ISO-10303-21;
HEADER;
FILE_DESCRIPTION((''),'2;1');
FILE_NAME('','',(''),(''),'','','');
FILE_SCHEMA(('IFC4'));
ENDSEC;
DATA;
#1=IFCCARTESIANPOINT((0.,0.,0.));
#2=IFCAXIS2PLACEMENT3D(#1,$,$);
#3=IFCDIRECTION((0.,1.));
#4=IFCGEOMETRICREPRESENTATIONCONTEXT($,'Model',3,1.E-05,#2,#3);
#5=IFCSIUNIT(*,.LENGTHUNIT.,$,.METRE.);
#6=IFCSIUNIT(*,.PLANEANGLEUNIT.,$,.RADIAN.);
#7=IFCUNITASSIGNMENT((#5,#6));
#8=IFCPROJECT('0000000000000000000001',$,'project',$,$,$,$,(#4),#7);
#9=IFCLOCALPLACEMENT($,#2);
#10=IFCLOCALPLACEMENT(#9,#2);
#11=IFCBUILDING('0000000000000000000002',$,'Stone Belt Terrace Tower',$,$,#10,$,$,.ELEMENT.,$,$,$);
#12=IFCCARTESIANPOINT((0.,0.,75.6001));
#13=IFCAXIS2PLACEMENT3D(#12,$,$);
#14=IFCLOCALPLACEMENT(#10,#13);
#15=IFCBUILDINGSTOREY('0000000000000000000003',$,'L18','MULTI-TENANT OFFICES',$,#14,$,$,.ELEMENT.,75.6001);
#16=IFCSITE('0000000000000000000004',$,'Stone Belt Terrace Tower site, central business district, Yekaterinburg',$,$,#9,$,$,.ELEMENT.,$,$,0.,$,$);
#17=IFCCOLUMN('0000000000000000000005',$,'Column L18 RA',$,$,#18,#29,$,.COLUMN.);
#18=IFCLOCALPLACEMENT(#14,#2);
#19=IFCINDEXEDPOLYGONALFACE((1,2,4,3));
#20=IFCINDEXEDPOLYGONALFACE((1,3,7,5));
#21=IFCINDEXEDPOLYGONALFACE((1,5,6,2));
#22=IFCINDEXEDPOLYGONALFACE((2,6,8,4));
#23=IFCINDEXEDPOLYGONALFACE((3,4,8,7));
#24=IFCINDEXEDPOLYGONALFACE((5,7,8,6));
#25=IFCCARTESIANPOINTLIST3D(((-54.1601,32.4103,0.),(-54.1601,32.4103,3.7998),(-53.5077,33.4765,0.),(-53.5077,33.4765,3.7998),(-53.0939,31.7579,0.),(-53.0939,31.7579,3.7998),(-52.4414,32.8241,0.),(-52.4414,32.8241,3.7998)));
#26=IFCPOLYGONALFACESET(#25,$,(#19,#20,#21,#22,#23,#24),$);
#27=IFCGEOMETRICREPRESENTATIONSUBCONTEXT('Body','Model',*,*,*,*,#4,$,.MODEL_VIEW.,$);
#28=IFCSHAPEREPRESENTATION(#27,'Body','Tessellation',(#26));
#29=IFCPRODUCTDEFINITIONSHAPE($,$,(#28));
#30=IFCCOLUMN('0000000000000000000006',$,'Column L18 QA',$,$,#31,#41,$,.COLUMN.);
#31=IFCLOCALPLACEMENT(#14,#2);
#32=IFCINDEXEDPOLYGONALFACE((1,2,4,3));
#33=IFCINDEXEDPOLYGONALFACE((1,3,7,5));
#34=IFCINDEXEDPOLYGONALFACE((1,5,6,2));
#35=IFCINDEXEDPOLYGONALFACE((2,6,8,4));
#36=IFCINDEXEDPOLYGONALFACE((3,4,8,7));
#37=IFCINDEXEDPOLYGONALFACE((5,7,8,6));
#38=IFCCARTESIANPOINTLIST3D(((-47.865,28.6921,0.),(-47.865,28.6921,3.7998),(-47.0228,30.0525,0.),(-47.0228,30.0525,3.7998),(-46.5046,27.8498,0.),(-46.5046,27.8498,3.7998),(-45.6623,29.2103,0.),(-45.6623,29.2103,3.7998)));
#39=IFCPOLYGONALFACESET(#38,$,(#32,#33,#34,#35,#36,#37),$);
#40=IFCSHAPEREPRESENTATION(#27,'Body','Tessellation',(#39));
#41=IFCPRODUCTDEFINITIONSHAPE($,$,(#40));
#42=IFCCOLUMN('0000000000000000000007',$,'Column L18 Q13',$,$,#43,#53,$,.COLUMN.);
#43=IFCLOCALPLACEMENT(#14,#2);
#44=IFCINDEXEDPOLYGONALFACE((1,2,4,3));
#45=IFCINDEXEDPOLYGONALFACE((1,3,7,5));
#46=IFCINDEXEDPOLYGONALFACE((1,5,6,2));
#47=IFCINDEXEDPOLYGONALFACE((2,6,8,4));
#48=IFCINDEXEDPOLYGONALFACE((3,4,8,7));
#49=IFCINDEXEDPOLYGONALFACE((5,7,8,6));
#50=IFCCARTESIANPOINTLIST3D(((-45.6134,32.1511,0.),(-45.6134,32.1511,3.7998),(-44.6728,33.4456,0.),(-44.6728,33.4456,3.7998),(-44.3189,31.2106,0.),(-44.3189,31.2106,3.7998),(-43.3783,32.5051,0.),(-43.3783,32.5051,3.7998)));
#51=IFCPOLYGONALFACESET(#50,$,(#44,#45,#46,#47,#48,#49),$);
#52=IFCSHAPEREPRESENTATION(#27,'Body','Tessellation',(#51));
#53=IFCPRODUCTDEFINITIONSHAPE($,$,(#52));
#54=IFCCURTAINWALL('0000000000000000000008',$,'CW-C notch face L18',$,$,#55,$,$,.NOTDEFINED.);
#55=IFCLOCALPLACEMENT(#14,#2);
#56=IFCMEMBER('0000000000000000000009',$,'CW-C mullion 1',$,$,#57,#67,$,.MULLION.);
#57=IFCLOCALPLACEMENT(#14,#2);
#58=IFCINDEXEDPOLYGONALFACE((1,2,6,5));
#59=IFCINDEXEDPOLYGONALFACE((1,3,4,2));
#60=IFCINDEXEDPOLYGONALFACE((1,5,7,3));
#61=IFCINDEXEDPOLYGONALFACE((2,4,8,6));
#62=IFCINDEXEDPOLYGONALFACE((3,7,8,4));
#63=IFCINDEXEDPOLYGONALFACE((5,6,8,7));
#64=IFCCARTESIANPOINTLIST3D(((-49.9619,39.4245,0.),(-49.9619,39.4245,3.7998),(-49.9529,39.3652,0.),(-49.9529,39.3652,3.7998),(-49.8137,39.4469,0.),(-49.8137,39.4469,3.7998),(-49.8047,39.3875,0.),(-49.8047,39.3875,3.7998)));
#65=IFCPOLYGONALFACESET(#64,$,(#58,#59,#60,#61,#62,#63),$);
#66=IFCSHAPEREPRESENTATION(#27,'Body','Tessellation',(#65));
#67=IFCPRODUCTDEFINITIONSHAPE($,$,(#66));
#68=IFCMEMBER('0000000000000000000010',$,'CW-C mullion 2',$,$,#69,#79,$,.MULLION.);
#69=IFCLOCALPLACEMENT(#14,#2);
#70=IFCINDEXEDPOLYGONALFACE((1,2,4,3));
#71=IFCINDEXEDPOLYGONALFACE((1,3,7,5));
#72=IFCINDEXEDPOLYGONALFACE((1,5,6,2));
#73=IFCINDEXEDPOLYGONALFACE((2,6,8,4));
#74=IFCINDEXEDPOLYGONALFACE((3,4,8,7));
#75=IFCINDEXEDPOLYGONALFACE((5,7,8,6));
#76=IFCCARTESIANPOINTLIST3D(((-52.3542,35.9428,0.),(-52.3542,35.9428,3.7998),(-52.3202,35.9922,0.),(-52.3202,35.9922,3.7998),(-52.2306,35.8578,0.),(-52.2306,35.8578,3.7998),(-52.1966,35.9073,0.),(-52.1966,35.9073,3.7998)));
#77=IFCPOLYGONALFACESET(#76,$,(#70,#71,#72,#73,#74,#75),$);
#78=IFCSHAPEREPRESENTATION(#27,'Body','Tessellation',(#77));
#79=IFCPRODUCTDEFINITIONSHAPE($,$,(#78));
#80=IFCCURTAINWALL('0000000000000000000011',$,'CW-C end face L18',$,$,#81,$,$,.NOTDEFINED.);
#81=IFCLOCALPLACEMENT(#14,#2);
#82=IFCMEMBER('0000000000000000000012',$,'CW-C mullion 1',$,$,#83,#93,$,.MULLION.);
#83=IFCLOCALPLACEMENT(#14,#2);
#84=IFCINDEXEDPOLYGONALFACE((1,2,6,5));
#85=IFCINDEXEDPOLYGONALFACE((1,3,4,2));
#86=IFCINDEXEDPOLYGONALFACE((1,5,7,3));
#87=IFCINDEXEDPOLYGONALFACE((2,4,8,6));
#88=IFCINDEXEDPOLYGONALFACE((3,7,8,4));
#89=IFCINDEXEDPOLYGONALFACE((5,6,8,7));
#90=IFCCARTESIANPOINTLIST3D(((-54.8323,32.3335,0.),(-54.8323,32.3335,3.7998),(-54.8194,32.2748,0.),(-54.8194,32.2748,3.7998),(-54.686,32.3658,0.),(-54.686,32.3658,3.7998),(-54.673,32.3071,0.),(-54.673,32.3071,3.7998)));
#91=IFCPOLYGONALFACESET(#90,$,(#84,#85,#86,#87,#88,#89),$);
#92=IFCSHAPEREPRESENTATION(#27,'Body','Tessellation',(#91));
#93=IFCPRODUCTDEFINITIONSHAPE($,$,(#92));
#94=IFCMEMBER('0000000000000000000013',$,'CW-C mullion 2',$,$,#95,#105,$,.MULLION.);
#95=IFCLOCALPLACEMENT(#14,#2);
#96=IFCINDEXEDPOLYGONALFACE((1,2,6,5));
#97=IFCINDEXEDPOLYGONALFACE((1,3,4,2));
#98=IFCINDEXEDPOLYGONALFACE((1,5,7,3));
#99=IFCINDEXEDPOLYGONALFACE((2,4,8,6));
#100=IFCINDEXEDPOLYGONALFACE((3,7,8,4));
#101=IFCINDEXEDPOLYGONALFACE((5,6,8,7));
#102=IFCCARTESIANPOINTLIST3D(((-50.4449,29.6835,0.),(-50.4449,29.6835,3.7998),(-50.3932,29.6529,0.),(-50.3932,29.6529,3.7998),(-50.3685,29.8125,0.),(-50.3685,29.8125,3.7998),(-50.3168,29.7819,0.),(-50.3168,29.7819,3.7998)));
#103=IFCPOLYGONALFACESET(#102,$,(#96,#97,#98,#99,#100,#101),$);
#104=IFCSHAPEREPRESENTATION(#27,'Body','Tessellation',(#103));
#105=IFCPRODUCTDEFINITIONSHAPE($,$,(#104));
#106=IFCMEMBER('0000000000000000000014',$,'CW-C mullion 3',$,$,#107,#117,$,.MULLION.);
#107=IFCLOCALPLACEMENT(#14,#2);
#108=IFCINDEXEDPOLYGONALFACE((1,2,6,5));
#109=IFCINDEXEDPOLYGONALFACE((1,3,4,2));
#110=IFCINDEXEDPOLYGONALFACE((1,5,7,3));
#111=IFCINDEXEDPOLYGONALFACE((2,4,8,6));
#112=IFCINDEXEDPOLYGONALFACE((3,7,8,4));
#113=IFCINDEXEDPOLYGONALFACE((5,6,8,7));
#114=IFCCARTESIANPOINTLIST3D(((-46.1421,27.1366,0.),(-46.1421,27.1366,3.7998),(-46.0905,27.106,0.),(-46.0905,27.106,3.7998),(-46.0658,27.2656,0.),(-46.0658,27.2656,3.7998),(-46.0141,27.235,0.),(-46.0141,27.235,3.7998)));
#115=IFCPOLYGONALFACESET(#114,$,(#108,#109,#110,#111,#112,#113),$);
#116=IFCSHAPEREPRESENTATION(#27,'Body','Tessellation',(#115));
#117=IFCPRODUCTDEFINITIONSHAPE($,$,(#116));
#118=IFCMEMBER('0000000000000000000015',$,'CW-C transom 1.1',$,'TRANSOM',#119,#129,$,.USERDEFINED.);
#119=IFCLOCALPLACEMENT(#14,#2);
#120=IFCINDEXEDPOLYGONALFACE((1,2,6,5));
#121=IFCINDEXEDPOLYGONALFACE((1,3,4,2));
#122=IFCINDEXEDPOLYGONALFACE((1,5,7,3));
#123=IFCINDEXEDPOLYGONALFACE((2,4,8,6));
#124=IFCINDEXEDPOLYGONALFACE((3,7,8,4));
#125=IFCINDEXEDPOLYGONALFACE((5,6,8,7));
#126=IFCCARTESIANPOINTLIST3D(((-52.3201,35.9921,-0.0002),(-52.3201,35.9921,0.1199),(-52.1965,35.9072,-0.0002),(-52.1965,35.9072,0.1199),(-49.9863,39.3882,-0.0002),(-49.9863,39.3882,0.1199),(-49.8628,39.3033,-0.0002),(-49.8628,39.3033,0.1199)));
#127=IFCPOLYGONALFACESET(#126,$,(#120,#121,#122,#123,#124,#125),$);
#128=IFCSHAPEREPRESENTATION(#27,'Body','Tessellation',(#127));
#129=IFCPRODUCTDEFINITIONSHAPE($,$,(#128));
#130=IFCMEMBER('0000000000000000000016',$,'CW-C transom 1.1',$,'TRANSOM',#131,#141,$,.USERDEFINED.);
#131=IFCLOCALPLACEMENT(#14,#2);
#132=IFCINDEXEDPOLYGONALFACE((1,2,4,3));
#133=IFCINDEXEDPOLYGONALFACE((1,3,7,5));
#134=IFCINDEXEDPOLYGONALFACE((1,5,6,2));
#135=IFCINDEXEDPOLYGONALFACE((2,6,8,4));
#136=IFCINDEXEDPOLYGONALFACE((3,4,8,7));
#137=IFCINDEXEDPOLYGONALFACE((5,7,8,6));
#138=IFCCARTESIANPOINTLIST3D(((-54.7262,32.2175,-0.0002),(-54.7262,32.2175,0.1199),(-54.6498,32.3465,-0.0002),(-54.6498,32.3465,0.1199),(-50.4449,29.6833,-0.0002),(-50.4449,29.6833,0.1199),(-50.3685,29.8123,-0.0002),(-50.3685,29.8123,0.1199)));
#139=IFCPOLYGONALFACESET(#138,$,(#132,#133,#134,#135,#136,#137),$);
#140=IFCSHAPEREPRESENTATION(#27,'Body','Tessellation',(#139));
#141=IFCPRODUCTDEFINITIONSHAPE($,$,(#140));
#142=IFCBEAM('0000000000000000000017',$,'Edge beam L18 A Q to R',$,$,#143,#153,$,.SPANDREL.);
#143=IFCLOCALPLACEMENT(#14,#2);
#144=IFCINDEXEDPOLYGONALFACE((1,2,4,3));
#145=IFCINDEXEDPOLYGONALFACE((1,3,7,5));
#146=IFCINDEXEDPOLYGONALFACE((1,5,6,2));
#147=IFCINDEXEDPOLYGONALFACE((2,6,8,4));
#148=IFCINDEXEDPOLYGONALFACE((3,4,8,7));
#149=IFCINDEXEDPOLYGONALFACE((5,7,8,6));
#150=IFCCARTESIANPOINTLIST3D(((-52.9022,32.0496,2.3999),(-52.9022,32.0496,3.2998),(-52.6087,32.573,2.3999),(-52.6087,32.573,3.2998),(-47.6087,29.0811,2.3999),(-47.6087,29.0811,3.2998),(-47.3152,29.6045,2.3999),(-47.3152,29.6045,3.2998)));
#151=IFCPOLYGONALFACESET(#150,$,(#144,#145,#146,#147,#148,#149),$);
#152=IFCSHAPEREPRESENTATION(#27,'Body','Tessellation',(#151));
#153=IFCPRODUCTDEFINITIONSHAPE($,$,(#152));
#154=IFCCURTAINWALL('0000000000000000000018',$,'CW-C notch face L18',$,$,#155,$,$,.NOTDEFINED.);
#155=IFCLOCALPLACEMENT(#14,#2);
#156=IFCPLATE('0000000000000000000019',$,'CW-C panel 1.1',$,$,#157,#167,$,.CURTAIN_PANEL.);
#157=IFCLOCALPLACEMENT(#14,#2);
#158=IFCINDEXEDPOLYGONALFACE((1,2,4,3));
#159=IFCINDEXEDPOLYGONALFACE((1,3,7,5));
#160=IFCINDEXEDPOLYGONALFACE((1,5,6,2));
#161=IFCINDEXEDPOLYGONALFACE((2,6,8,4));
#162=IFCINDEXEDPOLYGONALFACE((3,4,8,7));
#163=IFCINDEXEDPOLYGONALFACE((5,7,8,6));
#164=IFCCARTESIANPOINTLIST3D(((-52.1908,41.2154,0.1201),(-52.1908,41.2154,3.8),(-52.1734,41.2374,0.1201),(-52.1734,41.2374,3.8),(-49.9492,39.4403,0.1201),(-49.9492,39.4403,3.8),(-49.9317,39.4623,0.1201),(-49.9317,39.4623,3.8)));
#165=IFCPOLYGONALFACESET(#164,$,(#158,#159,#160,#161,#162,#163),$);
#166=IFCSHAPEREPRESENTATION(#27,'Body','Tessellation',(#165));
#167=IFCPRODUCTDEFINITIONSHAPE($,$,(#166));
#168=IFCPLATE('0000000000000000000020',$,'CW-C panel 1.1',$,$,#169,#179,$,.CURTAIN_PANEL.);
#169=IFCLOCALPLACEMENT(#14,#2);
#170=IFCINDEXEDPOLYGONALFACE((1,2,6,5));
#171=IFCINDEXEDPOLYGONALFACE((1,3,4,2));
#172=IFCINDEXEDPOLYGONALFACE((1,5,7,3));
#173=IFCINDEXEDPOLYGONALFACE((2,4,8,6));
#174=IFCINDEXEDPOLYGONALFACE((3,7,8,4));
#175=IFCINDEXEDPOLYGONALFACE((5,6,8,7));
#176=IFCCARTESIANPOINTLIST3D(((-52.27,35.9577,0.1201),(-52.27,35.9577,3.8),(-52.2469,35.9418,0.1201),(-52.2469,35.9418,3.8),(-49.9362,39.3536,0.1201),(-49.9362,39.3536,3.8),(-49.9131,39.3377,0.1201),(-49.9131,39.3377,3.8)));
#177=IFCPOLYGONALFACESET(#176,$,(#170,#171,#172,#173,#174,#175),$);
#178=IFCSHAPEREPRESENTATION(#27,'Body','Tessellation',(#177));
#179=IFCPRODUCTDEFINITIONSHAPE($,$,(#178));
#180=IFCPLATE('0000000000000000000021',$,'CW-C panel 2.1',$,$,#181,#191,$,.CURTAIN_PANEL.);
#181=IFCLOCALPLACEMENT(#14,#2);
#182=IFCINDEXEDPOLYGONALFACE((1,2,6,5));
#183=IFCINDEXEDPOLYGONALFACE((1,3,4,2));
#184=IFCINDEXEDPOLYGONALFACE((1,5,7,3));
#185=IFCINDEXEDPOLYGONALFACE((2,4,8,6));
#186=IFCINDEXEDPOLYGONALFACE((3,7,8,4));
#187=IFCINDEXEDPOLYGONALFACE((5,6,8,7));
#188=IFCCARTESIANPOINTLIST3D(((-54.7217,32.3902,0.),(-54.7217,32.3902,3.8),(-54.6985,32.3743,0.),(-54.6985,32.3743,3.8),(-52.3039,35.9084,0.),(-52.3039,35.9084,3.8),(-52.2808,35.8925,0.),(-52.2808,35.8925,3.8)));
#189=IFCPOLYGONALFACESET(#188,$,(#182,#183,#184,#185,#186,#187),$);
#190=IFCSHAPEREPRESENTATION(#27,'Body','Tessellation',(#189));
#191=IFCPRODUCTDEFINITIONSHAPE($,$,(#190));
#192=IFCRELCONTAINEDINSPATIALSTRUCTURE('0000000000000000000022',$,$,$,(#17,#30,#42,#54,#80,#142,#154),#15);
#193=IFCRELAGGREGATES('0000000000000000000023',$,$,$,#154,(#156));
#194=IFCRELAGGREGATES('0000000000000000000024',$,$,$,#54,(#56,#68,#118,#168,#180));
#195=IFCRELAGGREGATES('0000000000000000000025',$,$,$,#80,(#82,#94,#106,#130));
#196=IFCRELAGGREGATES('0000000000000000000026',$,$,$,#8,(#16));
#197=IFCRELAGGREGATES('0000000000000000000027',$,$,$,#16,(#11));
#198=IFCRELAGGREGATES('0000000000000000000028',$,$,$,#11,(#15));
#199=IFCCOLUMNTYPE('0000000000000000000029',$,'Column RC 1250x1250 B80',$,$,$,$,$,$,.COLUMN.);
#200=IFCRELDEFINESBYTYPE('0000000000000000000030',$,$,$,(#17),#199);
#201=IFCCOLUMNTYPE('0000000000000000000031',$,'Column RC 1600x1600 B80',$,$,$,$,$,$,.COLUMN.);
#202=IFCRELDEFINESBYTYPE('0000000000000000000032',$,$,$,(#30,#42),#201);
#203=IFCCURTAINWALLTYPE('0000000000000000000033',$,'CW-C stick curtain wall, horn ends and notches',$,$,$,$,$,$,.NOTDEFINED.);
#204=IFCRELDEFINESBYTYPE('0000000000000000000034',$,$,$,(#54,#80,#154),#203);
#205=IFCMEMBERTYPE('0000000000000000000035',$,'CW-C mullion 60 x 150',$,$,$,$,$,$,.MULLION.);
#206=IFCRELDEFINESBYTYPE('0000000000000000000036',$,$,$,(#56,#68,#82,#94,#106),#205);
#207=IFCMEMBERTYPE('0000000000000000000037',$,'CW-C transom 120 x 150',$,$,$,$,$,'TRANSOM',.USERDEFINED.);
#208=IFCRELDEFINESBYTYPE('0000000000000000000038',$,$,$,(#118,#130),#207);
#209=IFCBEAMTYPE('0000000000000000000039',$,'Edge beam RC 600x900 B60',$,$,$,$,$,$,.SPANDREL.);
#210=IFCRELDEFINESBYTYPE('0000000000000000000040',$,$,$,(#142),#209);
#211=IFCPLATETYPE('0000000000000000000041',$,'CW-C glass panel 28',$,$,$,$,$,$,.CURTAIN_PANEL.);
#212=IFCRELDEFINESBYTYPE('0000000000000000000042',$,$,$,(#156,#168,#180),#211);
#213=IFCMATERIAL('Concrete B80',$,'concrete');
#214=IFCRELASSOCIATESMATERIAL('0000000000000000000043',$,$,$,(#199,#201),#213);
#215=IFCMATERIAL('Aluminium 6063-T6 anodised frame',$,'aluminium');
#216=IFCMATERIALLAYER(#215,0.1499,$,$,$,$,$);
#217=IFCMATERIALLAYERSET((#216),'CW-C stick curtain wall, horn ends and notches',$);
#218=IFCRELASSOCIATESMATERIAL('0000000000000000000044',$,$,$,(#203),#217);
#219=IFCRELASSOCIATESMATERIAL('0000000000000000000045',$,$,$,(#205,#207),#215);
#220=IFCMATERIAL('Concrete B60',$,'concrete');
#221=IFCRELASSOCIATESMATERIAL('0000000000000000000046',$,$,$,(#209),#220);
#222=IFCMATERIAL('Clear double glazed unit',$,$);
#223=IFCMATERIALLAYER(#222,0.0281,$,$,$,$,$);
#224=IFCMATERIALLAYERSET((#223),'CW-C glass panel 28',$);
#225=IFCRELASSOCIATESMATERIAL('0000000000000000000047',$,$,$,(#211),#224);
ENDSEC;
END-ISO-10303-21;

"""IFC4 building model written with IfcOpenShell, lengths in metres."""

from ifc_helpers import new_model, si_unit, direction, frame, origin, origin_2d, place, context, subcontext, project, spatial, rectangle, extrude, material, layer, layer_set, material_profile, profile_set, type_object, element, aggregate, save


model = new_model("IFC4")

# Units and contexts
model_context = context("Model", 3, precision=1e-05, world=origin(), true_north=direction((0.0, 1.0)))
body_context = subcontext(model_context, "Body", "Model", "MODEL_VIEW")
ifc_project = project(units=[si_unit("LENGTHUNIT", "METRE"), si_unit("PLANEANGLEUNIT", "RADIAN")], contexts=[model_context])

# Site, building, storey
site_placement = place(None, origin())
site = spatial("IfcSite", under=ifc_project, at=site_placement, Name="Stone Belt Terrace Tower site, central business district, Yekaterinburg", CompositionType="ELEMENT", RefElevation=0.0)
building_placement = place(site_placement, origin())
building = spatial("IfcBuilding", under=site, at=building_placement, Name="Stone Belt Terrace Tower", CompositionType="ELEMENT")
storey_placement = place(building_placement, frame((0.0, 0.0, 75.6001)))
storey = spatial("IfcBuildingStorey", under=building, at=storey_placement, Name="L18", Description="MULTI-TENANT OFFICES", CompositionType="ELEMENT", Elevation=75.6001)

# Columns
ifc_material_1 = material(Name="Concrete B80", Category="concrete")
ifc_material_profile_1 = material_profile(ifc_material_1, rectangle(XDim=1.25, YDim=1.25, at=origin_2d()), Name="RC 1250x1250")
ifc_profile_set_1 = profile_set([ifc_material_profile_1], Name="Concrete B80")
column_type_1 = type_object("IfcColumnType", Name="Column RC 1250x1250 B80", PredefinedType="COLUMN", material=ifc_profile_set_1)
column_placement = place(storey_placement, frame((-53.3008, 32.6172, 0.0), z_axis=(0.0, 0.0, 1.0), x_axis=(0.521967, 0.852966, 0.0)))
element("IfcColumn", 1, at=column_placement, inside=storey, type_object=column_type_1, Name="Column L18 RA", PredefinedType="COLUMN", context=body_context, shape_type="SweptSolid", body=[
    extrude(rectangle(XDim=1.25, YDim=1.25, at=origin_2d()), origin(), (0.0, 0.0, 1.0), 3.7998),
])
ifc_material_profile_2 = material_profile(ifc_material_1, rectangle(XDim=1.6001, YDim=1.6001, at=origin_2d()), Name="RC 1600x1600")
ifc_profile_set_2 = profile_set([ifc_material_profile_2], Name="Concrete B80")
column_type_2 = type_object("IfcColumnType", Name="Column RC 1600x1600 B80", PredefinedType="COLUMN", material=ifc_profile_set_2)
for number, where, z_axis, x_axis, name in (
    (2, (-46.7637, 28.9512, 0.0), (0.0, 0.0, 1.0), (0.526383, 0.850248, 0.0), "Column L18 QA"),
    (3, (-44.4958, 32.3281, 0.0), (0.0, 0.0, 1.0), (0.587785, 0.809017, 0.0), "Column L18 Q13"),
):
    element("IfcColumn", number, at=place(storey_placement, frame(where, z_axis=z_axis, x_axis=x_axis)), inside=storey, type_object=column_type_2, Name=name, PredefinedType="COLUMN", context=body_context, shape_type="SweptSolid", body=[
        extrude(rectangle(XDim=1.6001, YDim=1.6001, at=origin_2d()), origin(), (0.0, 0.0, 1.0), 3.7998),
    ])

# Curtain walls, members
ifc_material_2 = material(Name="Aluminium 6063-T6 anodised frame", Category="aluminium")
ifc_layer_1 = layer(ifc_material_2, 0.1499)
ifc_layer_set_1 = layer_set([ifc_layer_1], Name="CW-C stick curtain wall, horn ends and notches")
curtain_wall_type = type_object("IfcCurtainWallType", Name="CW-C stick curtain wall, horn ends and notches", PredefinedType="NOTDEFINED", material=ifc_layer_set_1)
curtain_wall_1_placement = place(storey_placement, origin())
curtain_wall_1 = element("IfcCurtainWall", 4, at=curtain_wall_1_placement, inside=storey, type_object=curtain_wall_type, Name="CW-C notch face L18", PredefinedType="NOTDEFINED")
ifc_material_profile_3 = material_profile(ifc_material_2, rectangle(XDim=0.1499, YDim=0.0601, at=origin_2d()), Name="Aluminium 6063-T6 60x150")
ifc_profile_set_3 = profile_set([ifc_material_profile_3], Name="Aluminium 6063-T6 anodised frame")
member_type_1 = type_object("IfcMemberType", Name="CW-C mullion 60 x 150", PredefinedType="MULLION", material=ifc_profile_set_3)
member_1_placement = place(storey_placement, frame((-49.8833, 39.406, 0.0), z_axis=(0.0, 0.0, 1.0), x_axis=(0.988851, 0.148906, 0.0)))
member_1 = element("IfcMember", 5, at=member_1_placement, type_object=member_type_1, Name="CW-C mullion 1", PredefinedType="MULLION", context=body_context, shape_type="SweptSolid", body=[
    extrude(rectangle(XDim=0.1499, YDim=0.0601, at=origin_2d()), origin(), (0.0, 0.0, 1.0), 3.7998),
])
member_2_placement = place(storey_placement, frame((-52.2754, 35.925, 0.0), z_axis=(0.0, 0.0, 1.0), x_axis=(0.824147, -0.566376, 0.0)))
member_2 = element("IfcMember", 6, at=member_2_placement, type_object=member_type_1, Name="CW-C mullion 2", PredefinedType="MULLION", context=body_context, shape_type="SweptSolid", body=[
    extrude(rectangle(XDim=0.1499, YDim=0.0601, at=origin_2d()), origin(), (0.0, 0.0, 1.0), 3.7998),
])
curtain_wall_2_placement = place(storey_placement, origin())
curtain_wall_2 = element("IfcCurtainWall", 7, at=curtain_wall_2_placement, inside=storey, type_object=curtain_wall_type, Name="CW-C end face L18", PredefinedType="NOTDEFINED")
member_3_placement = place(storey_placement, frame((-54.7527, 32.3203, 0.0), z_axis=(0.0, 0.0, 1.0), x_axis=(0.97652, 0.215429, 0.0)))
member_3 = element("IfcMember", 8, at=member_3_placement, type_object=member_type_1, Name="CW-C mullion 1", PredefinedType="MULLION", context=body_context, shape_type="SweptSolid", body=[
    extrude(rectangle(XDim=0.1499, YDim=0.0601, at=origin_2d()), origin(), (0.0, 0.0, 1.0), 3.7998),
])
member_4_placement = place(storey_placement, frame((-50.3809, 29.7327, 0.0), z_axis=(0.0, 0.0, 1.0), x_axis=(0.509353, 0.860558, 0.0)))
member_4 = element("IfcMember", 9, at=member_4_placement, type_object=member_type_1, Name="CW-C mullion 2", PredefinedType="MULLION", context=body_context, shape_type="SweptSolid", body=[
    extrude(rectangle(XDim=0.1499, YDim=0.0601, at=origin_2d()), origin(), (0.0, 0.0, 1.0), 3.7998),
])
member_5_placement = place(storey_placement, frame((-46.0781, 27.1858, 0.0), z_axis=(0.0, 0.0, 1.0), x_axis=(0.509353, 0.860558, 0.0)))
member_5 = element("IfcMember", 10, at=member_5_placement, type_object=member_type_1, Name="CW-C mullion 3", PredefinedType="MULLION", context=body_context, shape_type="SweptSolid", body=[
    extrude(rectangle(XDim=0.1499, YDim=0.0601, at=origin_2d()), origin(), (0.0, 0.0, 1.0), 3.7998),
])

# Members
ifc_material_profile_4 = material_profile(ifc_material_2, rectangle(XDim=0.1499, YDim=0.1201, at=origin_2d()), Name="Aluminium 6063-T6 150x120")
ifc_profile_set_4 = profile_set([ifc_material_profile_4], Name="Aluminium 6063-T6 anodised frame")
member_type_2 = type_object("IfcMemberType", Name="CW-C transom 120 x 150", ElementType="TRANSOM", PredefinedType="USERDEFINED", material=ifc_profile_set_4)
member_6_placement = place(storey_placement, frame((-49.9246, 39.3457, 0.0598), z_axis=(-0.566363, -0.824156, 0.0), x_axis=(0.824156, -0.566363, 0.0)))
member_6 = element("IfcMember", 11, at=member_6_placement, type_object=member_type_2, Name="CW-C transom 1.1", ObjectType="TRANSOM", PredefinedType="USERDEFINED", context=body_context, shape_type="SweptSolid", body=[
    extrude(rectangle(XDim=0.1499, YDim=0.1201, at=origin_2d()), origin(), (0.0, 0.0, 1.0), 4.1206),
])
member_7_placement = place(storey_placement, frame((-54.688, 32.282, 0.0598), z_axis=(0.860543, -0.509377, 0.0), x_axis=(0.509377, 0.860543, 0.0)))
member_7 = element("IfcMember", 12, at=member_7_placement, type_object=member_type_2, Name="CW-C transom 1.1", ObjectType="TRANSOM", PredefinedType="USERDEFINED", context=body_context, shape_type="SweptSolid", body=[
    extrude(rectangle(XDim=0.1499, YDim=0.1201, at=origin_2d()), origin(), (0.0, 0.0, 1.0), 4.9751),
])

# Beam
ifc_material_3 = material(Name="Concrete B60", Category="concrete")
ifc_material_profile_5 = material_profile(ifc_material_3, rectangle(XDim=0.6001, YDim=0.8999, at=origin_2d()), Name="RC 600x900")
ifc_profile_set_5 = profile_set([ifc_material_profile_5], Name="Concrete B60")
beam_type = type_object("IfcBeamType", Name="Edge beam RC 600x900 B60", PredefinedType="SPANDREL", material=ifc_profile_set_5)
beam_placement = place(storey_placement, frame((-47.4619, 29.3428, 2.8499), z_axis=(-0.872213, 0.489126, 0.0), x_axis=(-0.489126, -0.872213, 0.0)))
element("IfcBeam", 13, at=beam_placement, inside=storey, type_object=beam_type, Name="Edge beam L18 A Q to R", PredefinedType="SPANDREL", context=body_context, shape_type="SweptSolid", body=[
    extrude(rectangle(XDim=0.6001, YDim=0.8999, at=origin_2d()), origin(), (0.0, 0.0, 1.0), 6.0691),
])

# Curtain wall, plate
curtain_wall_3_placement = place(storey_placement, origin())
curtain_wall_3 = element("IfcCurtainWall", 14, at=curtain_wall_3_placement, inside=storey, type_object=curtain_wall_type, Name="CW-C notch face L18", PredefinedType="NOTDEFINED")
ifc_material_4 = material(Name="Clear double glazed unit")
ifc_layer_2 = layer(ifc_material_4, 0.0281)
ifc_layer_set_2 = layer_set([ifc_layer_2], Name="CW-C glass panel 28")
plate_type = type_object("IfcPlateType", Name="CW-C glass panel 28", PredefinedType="CURTAIN_PANEL", material=ifc_layer_set_2)
plate_1_placement = place(storey_placement, frame((-51.0613, 40.3389, 0.1201), z_axis=(0.0, 0.0, 1.0), x_axis=(0.783964, -0.620807, 0.0)))
plate_1 = element("IfcPlate", 15, at=plate_1_placement, type_object=plate_type, Name="CW-C panel 1.1", PredefinedType="CURTAIN_PANEL", context=body_context, shape_type="SweptSolid", body=[
    extrude(rectangle(XDim=2.8594, YDim=0.0281, at=origin_2d()), origin(), (0.0, 0.0, 1.0), 3.6799),
])
aggregate(curtain_wall_3, [plate_1])

# Plates
plate_2_placement = place(storey_placement, frame((-51.0916, 37.6477, 0.1201), z_axis=(0.0, 0.0, 1.0), x_axis=(-0.566376, -0.824147, 0.0)))
plate_2 = element("IfcPlate", 16, at=plate_2_placement, type_object=plate_type, Name="CW-C panel 1.1", PredefinedType="CURTAIN_PANEL", context=body_context, shape_type="SweptSolid", body=[
    extrude(rectangle(XDim=4.1206, YDim=0.0281, at=origin_2d()), origin(), (0.0, 0.0, 1.0), 3.6799),
])
plate_3_placement = place(storey_placement, frame((-53.5012, 34.1414, 0.0), z_axis=(0.0, 0.0, 1.0), x_axis=(-0.566376, -0.824147, 0.0)))
plate_3 = element("IfcPlate", 17, at=plate_3_placement, type_object=plate_type, Name="CW-C panel 2.1", PredefinedType="CURTAIN_PANEL", context=body_context, shape_type="SweptSolid", body=[
    extrude(rectangle(XDim=4.2688, YDim=0.0281, at=origin_2d()), origin(), (0.0, 0.0, 1.0), 3.8),
])
aggregate(curtain_wall_1, [member_1, member_2, member_6, plate_2, plate_3])
aggregate(curtain_wall_2, [member_3, member_4, member_5, member_7])

save(model, "model.ifc")
